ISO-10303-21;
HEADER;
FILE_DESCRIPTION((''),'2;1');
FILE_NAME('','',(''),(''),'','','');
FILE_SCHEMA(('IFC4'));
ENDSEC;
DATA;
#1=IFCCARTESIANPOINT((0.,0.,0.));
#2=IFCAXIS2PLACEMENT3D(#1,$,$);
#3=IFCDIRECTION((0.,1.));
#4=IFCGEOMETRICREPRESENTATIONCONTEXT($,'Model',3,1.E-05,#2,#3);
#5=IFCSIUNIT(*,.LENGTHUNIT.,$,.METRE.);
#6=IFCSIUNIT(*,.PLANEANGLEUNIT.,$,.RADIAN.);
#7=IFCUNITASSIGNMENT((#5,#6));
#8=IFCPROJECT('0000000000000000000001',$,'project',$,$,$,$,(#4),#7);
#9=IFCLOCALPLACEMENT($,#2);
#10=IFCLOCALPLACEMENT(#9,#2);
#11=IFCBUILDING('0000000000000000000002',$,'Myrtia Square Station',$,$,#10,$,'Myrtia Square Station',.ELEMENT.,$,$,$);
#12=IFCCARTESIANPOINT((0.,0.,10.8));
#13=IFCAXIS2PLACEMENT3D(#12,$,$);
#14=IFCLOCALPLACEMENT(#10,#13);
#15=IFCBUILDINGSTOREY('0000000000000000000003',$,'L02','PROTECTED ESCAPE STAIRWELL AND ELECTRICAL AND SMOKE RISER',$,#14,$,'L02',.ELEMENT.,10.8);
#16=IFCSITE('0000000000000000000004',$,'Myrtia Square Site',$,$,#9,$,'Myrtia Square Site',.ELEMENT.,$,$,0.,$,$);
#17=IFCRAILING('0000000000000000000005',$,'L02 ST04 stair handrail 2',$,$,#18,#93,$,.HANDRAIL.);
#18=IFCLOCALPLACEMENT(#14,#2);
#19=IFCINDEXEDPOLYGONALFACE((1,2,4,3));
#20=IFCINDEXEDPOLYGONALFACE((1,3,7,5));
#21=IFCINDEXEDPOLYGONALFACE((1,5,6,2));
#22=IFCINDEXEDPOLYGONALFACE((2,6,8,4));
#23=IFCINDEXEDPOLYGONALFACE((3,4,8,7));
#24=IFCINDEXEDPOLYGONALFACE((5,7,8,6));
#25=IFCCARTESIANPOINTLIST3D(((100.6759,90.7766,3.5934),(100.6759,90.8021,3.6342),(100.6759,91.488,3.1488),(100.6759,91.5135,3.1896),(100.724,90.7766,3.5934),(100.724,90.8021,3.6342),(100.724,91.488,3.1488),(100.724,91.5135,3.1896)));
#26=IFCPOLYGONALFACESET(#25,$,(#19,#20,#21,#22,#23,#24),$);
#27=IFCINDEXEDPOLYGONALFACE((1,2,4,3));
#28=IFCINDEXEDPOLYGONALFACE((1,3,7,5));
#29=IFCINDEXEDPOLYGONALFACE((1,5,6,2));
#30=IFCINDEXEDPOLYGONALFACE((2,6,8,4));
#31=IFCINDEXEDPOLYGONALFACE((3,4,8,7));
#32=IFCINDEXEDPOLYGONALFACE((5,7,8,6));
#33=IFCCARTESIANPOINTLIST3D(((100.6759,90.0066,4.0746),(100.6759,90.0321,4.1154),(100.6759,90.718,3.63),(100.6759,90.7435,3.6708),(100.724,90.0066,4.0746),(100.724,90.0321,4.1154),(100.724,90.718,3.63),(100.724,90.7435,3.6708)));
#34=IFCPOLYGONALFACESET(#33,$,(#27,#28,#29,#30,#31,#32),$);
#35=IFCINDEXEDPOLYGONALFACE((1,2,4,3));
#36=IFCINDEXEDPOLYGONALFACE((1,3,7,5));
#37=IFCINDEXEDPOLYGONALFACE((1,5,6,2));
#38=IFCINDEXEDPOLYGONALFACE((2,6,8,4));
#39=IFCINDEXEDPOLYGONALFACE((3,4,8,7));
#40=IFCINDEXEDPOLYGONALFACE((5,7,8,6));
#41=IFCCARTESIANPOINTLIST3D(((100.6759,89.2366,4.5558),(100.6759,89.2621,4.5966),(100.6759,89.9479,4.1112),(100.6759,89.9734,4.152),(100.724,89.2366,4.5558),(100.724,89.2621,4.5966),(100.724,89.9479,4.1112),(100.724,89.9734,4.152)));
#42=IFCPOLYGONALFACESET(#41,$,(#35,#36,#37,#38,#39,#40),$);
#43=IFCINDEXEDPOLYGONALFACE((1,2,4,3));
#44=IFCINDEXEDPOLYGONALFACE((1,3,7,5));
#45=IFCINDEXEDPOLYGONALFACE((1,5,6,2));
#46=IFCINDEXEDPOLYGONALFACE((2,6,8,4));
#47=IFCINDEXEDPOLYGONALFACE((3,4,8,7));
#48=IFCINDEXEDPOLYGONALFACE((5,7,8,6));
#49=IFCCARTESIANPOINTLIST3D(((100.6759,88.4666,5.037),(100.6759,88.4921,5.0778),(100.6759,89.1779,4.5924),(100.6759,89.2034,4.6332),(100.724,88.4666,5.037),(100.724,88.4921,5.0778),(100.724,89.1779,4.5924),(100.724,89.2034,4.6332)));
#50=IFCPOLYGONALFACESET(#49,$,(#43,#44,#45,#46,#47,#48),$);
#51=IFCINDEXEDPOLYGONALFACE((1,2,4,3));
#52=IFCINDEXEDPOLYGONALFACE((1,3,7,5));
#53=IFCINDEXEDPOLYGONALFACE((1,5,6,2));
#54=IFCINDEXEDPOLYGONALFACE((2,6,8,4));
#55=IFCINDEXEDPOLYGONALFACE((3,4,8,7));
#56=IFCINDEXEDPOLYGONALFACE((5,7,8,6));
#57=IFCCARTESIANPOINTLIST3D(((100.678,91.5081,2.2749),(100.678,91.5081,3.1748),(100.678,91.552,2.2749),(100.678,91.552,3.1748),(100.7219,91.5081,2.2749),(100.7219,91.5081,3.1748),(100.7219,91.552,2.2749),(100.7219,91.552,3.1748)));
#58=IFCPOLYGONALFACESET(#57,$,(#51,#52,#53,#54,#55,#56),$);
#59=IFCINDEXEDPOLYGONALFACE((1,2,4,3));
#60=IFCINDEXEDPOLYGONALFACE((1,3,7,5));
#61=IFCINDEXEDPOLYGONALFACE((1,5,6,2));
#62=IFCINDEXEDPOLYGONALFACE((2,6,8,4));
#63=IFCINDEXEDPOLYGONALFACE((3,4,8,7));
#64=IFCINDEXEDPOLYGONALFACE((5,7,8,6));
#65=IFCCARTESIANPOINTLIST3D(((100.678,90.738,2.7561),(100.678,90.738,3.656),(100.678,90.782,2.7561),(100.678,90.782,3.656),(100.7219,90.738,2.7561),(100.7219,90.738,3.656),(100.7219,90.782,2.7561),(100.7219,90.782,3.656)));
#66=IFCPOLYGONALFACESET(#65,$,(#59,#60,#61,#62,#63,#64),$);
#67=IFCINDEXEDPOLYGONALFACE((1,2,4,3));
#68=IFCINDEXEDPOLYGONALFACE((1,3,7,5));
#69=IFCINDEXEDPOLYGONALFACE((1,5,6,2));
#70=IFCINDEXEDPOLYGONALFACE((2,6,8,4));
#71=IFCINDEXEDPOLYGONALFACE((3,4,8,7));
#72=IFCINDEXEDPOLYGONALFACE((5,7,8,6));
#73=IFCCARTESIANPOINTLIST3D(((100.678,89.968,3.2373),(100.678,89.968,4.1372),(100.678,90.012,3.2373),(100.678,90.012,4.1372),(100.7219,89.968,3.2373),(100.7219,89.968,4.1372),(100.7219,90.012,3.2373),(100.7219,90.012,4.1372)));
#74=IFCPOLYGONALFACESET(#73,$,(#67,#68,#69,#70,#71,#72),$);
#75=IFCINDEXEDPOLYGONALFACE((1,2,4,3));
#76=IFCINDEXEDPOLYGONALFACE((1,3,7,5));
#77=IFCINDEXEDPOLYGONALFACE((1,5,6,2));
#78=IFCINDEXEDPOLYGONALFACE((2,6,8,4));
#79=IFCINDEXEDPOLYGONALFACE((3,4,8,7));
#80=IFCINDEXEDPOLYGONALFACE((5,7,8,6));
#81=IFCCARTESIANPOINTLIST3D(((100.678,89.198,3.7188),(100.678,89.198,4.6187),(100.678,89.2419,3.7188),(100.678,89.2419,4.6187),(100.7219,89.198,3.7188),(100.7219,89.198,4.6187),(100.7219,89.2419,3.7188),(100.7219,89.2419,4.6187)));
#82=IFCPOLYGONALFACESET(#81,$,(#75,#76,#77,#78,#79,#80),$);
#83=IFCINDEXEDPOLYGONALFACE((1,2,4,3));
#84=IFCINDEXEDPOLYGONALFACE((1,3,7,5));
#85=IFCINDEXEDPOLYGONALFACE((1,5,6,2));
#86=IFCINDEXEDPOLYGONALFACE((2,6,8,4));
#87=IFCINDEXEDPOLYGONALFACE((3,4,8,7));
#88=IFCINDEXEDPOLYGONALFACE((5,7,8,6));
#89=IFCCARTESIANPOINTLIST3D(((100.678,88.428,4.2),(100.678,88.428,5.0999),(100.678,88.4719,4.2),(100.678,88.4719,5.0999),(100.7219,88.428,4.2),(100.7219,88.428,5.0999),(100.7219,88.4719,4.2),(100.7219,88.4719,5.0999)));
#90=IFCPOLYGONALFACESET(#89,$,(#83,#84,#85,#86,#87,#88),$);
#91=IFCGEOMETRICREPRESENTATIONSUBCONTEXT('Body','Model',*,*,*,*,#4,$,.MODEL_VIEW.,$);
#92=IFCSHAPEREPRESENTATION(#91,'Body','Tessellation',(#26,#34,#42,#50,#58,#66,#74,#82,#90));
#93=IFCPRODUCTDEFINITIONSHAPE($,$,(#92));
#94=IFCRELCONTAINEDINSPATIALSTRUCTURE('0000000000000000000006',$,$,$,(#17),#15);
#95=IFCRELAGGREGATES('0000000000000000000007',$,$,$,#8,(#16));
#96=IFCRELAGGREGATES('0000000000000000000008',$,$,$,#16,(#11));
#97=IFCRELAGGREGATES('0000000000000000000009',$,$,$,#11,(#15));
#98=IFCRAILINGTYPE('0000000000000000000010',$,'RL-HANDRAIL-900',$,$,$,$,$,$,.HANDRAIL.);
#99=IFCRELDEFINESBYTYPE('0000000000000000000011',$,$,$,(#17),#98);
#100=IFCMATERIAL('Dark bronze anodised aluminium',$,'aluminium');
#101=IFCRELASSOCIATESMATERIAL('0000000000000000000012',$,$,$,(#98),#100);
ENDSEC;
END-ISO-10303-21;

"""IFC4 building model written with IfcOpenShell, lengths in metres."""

from ifc_helpers import new_model, si_unit, direction, frame, origin, origin_2d, place, context, subcontext, project, spatial, rectangle, extrude, material, type_object, element, save


model = new_model("IFC4")

# Units and contexts
model_context = context("Model", 3, precision=1e-05, world=origin(), true_north=direction((0.0, 1.0)))
body_context = subcontext(model_context, "Body", "Model", "MODEL_VIEW")
ifc_project = project(units=[si_unit("LENGTHUNIT", "METRE"), si_unit("PLANEANGLEUNIT", "RADIAN")], contexts=[model_context])

# Site, building, storey
site_placement = place(None, origin())
site = spatial("IfcSite", under=ifc_project, at=site_placement, Name="Myrtia Square Site", LongName="Myrtia Square Site", CompositionType="ELEMENT", RefElevation=0.0)
building_placement = place(site_placement, origin())
building = spatial("IfcBuilding", under=site, at=building_placement, Name="Myrtia Square Station", LongName="Myrtia Square Station", CompositionType="ELEMENT")
storey_placement = place(building_placement, frame((0.0, 0.0, 10.8)))
storey = spatial("IfcBuildingStorey", under=building, at=storey_placement, Name="L02", Description="PROTECTED ESCAPE STAIRWELL AND ELECTRICAL AND SMOKE RISER", LongName="L02", CompositionType="ELEMENT", Elevation=10.8)

# Shared definitions
ifc_material_1 = material(Name="Dark bronze anodised aluminium", Category="aluminium")

# Railing
railing_type = type_object("IfcRailingType", Name="RL-HANDRAIL-900", PredefinedType="HANDRAIL", material=ifc_material_1)
railing_placement = place(storey_placement, frame((100.7, 91.53, 2.2749)))
element("IfcRailing", 1, at=railing_placement, inside=storey, type_object=railing_type, Name="L02 ST04 stair handrail 2", PredefinedType="HANDRAIL", context=body_context, shape_type="SweptSolid", body=[
    extrude(rectangle(XDim=0.0481, YDim=0.0481, at=origin_2d()), frame((0.0, -0.0293, 0.8943), z_axis=(0.0, -0.847998, 0.529999), x_axis=(1.0, 0.0, 0.0)), (0.0, 0.0, 1.0), 0.8389),
    extrude(rectangle(XDim=0.0481, YDim=0.0481, at=origin_2d()), frame((0.0, -0.7993, 1.3755), z_axis=(0.0, -0.847998, 0.529999), x_axis=(1.0, 0.0, 0.0)), (0.0, 0.0, 1.0), 0.8389),
    extrude(rectangle(XDim=0.0481, YDim=0.0481, at=origin_2d()), frame((0.0, -1.5693, 1.8567), z_axis=(0.0, -0.847998, 0.529999), x_axis=(1.0, 0.0, 0.0)), (0.0, 0.0, 1.0), 0.8389),
    extrude(rectangle(XDim=0.0481, YDim=0.0481, at=origin_2d()), frame((0.0, -2.3394, 2.3379), z_axis=(0.0, -0.847998, 0.529999), x_axis=(1.0, 0.0, 0.0)), (0.0, 0.0, 1.0), 0.8389),
    extrude(rectangle(XDim=0.0439, YDim=0.0439, at=origin_2d()), origin(), (0.0, 0.0, 1.0), 0.8999),
    extrude(rectangle(XDim=0.0439, YDim=0.0439, at=origin_2d()), frame((0.0, -0.77, 0.4812)), (0.0, 0.0, 1.0), 0.8999),
    extrude(rectangle(XDim=0.0439, YDim=0.0439, at=origin_2d()), frame((0.0, -1.54, 0.9624)), (0.0, 0.0, 1.0), 0.8999),
    extrude(rectangle(XDim=0.0439, YDim=0.0439, at=origin_2d()), frame((0.0, -2.3101, 1.4438)), (0.0, 0.0, 1.0), 0.8999),
    extrude(rectangle(XDim=0.0439, YDim=0.0439, at=origin_2d()), frame((0.0, -3.0801, 1.925)), (0.0, 0.0, 1.0), 0.8999),
])

save(model, "model.ifc")
